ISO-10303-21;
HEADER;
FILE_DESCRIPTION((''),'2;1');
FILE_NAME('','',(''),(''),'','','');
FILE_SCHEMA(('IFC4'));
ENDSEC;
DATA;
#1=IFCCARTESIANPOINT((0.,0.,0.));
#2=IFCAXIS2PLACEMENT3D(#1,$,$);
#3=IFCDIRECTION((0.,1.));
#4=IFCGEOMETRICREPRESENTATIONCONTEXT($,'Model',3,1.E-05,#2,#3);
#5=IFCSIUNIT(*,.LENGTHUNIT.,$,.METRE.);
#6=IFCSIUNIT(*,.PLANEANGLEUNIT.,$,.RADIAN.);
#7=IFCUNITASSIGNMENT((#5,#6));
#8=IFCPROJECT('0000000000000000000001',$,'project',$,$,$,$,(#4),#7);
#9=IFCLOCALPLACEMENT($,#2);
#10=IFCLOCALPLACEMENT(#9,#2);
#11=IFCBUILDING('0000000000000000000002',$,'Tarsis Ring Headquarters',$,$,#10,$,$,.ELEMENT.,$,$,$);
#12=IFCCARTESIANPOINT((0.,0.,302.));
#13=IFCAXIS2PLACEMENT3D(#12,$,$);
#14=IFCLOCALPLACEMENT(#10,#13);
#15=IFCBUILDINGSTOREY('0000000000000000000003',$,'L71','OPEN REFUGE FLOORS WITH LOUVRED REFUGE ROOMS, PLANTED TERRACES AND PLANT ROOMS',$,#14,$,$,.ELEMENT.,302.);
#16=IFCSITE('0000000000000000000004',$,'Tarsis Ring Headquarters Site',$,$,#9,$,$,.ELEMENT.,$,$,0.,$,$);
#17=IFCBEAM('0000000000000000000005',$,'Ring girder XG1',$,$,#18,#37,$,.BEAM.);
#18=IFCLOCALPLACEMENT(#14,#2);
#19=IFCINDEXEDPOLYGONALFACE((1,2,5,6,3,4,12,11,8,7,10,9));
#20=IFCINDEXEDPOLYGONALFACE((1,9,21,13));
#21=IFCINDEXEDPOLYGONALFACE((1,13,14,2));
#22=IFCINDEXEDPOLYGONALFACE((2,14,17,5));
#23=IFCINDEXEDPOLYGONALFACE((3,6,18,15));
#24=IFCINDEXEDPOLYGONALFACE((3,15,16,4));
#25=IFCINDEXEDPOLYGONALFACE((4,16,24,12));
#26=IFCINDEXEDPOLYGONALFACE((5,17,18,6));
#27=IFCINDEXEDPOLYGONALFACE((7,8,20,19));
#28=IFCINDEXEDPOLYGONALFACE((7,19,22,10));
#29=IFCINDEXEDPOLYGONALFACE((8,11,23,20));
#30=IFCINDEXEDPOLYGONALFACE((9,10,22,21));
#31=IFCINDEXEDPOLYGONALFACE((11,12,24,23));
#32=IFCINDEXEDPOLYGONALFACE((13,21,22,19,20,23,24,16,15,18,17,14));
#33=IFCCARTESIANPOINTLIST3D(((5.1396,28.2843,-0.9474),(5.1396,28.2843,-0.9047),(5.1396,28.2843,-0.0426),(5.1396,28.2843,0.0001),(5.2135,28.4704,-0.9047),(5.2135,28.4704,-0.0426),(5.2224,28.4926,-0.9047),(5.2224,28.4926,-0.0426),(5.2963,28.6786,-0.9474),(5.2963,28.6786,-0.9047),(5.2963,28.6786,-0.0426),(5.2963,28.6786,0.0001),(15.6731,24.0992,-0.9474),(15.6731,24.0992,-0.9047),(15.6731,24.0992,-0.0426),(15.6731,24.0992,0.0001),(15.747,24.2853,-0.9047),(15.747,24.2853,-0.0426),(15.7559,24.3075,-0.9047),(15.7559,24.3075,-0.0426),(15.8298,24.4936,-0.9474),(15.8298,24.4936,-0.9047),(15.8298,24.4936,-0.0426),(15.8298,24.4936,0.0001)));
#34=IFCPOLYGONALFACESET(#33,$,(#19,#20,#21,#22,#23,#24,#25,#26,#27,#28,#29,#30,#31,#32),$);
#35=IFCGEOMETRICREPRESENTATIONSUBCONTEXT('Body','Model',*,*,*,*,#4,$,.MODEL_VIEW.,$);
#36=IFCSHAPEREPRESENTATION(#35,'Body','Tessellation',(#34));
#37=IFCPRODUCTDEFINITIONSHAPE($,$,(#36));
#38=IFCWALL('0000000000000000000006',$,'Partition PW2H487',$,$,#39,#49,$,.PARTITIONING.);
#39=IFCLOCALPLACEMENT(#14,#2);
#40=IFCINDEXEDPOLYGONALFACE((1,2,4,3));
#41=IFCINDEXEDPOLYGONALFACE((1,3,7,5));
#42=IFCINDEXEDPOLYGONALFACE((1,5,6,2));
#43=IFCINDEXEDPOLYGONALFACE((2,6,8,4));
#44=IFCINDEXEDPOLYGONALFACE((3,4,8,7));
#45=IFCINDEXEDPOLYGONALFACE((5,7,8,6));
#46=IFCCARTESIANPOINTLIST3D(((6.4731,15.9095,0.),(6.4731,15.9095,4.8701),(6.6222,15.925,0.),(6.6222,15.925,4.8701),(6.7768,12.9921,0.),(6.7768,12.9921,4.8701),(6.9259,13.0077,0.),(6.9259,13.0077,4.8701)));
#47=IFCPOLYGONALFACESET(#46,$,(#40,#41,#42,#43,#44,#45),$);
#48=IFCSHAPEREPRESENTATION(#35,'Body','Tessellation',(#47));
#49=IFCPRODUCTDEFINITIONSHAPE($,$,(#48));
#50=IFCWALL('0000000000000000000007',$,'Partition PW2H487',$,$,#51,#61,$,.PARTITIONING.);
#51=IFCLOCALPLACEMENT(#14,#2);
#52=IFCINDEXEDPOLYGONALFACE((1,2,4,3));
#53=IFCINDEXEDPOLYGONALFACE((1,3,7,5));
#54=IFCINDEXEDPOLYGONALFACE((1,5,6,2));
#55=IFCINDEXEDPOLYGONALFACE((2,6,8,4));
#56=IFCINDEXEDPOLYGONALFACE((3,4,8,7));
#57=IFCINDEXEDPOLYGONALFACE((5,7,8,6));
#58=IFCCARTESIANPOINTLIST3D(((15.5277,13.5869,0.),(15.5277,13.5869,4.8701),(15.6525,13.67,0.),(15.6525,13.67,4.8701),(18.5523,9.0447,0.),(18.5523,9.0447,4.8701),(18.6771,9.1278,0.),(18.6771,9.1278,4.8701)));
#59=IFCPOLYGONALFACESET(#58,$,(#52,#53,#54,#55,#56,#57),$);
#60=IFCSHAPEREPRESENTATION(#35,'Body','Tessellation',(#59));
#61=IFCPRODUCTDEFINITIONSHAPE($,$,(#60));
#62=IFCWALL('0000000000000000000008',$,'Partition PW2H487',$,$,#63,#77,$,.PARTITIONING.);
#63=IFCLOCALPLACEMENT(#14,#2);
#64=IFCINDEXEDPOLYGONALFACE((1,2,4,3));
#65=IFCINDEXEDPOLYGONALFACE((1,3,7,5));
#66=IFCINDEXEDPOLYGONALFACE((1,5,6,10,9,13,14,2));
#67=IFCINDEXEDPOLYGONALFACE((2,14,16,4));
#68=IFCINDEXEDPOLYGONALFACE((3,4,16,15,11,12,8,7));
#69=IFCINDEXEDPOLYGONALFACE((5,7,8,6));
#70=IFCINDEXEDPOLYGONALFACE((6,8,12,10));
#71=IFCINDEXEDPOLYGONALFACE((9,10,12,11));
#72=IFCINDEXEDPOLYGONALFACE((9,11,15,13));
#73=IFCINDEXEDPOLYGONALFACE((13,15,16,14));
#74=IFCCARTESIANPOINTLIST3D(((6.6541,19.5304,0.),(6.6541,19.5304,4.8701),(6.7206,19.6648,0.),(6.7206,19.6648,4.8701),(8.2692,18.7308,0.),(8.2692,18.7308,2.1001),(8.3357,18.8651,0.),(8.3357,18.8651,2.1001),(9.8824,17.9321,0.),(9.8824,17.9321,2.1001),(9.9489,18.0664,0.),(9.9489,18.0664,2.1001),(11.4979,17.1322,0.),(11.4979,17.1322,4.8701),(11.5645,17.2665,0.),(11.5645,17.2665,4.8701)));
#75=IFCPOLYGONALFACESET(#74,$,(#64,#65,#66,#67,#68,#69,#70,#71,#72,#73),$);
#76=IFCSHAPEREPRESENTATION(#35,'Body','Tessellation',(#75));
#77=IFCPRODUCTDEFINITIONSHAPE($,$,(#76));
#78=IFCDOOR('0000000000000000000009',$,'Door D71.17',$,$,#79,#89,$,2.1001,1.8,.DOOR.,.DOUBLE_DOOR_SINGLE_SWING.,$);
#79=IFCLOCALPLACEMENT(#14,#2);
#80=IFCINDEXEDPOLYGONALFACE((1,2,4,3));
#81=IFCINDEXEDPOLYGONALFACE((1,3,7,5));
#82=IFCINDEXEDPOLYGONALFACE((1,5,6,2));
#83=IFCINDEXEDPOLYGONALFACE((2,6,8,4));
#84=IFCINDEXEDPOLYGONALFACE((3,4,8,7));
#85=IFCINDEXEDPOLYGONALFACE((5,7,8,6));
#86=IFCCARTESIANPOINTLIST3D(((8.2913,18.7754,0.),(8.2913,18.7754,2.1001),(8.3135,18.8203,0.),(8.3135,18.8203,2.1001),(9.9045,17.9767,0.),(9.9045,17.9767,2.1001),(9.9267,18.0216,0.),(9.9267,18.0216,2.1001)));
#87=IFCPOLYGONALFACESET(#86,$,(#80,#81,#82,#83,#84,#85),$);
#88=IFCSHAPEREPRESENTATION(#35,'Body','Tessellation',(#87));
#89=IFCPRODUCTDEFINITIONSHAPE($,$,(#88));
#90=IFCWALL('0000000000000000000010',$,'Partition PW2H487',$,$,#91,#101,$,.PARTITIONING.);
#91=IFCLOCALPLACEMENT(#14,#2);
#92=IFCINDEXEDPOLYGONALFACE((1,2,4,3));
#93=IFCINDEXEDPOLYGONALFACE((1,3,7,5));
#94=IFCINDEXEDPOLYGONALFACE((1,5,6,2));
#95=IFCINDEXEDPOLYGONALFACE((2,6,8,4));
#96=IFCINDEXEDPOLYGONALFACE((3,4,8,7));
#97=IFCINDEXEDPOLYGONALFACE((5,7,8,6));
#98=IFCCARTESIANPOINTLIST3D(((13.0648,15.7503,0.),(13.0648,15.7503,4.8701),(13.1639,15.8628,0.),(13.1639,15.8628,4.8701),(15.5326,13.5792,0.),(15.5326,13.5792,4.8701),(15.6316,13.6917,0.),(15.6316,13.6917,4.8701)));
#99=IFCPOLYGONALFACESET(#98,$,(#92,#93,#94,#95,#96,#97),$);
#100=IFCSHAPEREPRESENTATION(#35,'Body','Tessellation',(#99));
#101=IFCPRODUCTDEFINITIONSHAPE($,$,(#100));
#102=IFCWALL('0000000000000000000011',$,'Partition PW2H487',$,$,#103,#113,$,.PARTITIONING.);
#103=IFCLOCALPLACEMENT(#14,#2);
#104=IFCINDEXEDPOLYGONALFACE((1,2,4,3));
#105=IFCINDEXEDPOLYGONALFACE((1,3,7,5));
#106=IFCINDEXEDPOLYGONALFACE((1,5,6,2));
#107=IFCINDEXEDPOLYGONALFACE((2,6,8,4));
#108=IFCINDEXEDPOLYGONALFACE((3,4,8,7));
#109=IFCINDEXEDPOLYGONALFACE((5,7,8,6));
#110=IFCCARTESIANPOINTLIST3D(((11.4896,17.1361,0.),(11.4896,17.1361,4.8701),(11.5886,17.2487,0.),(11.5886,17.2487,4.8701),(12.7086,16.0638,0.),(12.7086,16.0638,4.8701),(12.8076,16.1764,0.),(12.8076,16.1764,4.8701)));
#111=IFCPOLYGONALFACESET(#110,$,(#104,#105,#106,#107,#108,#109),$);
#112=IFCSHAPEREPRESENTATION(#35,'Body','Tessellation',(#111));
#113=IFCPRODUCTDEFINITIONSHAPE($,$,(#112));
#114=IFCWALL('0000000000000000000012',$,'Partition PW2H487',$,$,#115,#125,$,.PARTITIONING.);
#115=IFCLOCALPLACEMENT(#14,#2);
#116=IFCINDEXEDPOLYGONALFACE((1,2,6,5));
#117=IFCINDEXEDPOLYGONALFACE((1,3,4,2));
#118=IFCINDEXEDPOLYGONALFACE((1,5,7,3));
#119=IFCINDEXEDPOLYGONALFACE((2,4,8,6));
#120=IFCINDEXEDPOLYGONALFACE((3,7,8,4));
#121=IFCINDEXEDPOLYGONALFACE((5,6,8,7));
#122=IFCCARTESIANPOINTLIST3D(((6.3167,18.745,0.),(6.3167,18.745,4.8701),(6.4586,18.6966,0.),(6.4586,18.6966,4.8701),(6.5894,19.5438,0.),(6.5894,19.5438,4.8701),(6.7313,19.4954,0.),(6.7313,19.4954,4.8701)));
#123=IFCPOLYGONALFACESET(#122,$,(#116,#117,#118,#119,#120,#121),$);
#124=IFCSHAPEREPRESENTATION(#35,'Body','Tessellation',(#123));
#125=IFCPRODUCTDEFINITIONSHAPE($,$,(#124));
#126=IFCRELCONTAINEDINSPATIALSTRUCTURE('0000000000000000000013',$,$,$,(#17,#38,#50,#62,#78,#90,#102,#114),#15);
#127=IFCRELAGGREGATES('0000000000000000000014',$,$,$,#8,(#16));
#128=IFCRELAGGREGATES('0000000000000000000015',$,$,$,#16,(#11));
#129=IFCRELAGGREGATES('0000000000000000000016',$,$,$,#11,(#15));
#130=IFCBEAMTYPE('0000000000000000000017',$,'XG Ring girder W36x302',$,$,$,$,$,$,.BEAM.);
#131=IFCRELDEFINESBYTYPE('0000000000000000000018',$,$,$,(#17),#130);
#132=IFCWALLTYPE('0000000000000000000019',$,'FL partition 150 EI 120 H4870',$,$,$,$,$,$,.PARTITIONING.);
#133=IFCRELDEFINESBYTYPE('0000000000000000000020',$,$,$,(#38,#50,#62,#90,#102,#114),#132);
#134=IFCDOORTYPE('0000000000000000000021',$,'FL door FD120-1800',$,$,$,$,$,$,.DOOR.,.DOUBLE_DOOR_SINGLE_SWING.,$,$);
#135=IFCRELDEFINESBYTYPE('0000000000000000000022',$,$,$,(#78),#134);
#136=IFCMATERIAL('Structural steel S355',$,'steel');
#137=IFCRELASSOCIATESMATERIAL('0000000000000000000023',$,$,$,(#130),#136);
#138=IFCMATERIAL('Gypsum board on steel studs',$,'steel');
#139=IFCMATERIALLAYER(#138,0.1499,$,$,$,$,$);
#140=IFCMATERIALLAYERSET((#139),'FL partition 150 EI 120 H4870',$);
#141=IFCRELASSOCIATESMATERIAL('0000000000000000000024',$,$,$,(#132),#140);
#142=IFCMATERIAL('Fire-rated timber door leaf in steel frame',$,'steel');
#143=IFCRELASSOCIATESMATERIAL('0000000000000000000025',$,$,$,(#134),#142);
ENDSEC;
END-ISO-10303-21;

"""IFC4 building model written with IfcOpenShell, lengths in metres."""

from ifc_helpers import new_model, si_unit, direction, frame, frame_2d, origin, origin_2d, place, context, subcontext, project, spatial, rectangle, i_section, extrude, material, layer, layer_set, material_profile, profile_set, type_object, element, fill, save


model = new_model("IFC4")

# Units and contexts
model_context = context("Model", 3, precision=1e-05, world=origin(), true_north=direction((0.0, 1.0)))
body_context = subcontext(model_context, "Body", "Model", "MODEL_VIEW")
ifc_project = project(units=[si_unit("LENGTHUNIT", "METRE"), si_unit("PLANEANGLEUNIT", "RADIAN")], contexts=[model_context])

# Site, building, storey
site_placement = place(None, origin())
site = spatial("IfcSite", under=ifc_project, at=site_placement, Name="Tarsis Ring Headquarters Site", CompositionType="ELEMENT", RefElevation=0.0)
building_placement = place(site_placement, origin())
building = spatial("IfcBuilding", under=site, at=building_placement, Name="Tarsis Ring Headquarters", CompositionType="ELEMENT")
storey_placement = place(building_placement, frame((0.0, 0.0, 302.0)))
storey = spatial("IfcBuildingStorey", under=building, at=storey_placement, Name="L71", Description="OPEN REFUGE FLOORS WITH LOUVRED REFUGE ROOMS, PLANTED TERRACES AND PLANT ROOMS", CompositionType="ELEMENT", Elevation=302.0)

# Shared definitions
ifc_material_1 = material(Name="Structural steel S355", Category="steel")

# Beam
ifc_material_profile_1 = material_profile(ifc_material_1, i_section(OverallWidth=0.4243, OverallDepth=0.9475, WebThickness=0.0239, FlangeThickness=0.0427, at=origin_2d()), Name="W36x302")
ifc_profile_set_1 = profile_set([ifc_material_profile_1], Name="Structural steel S355")
beam_type_1 = type_object("IfcBeamType", Name="XG Ring girder W36x302", PredefinedType="BEAM", material=ifc_profile_set_1)
for number, where, z_axis, x_axis, name in (
    (1, (15.7515, 24.2964, -0.4736), (-0.929336, 0.369236, 0.0), (-0.369236, -0.929336, 0.0), "Ring girder XG1"),
):
    element("IfcBeam", number, at=place(storey_placement, frame(where, z_axis=z_axis, x_axis=x_axis)), inside=storey, type_object=beam_type_1, Name=name, PredefinedType="BEAM", context=body_context, shape_type="SweptSolid", body=[
        extrude(i_section(OverallWidth=0.4243, OverallDepth=0.9475, WebThickness=0.0239, FlangeThickness=0.0427, at=origin_2d()), origin(), (0.0, 0.0, 1.0), 11.3345),
    ])

# Walls
ifc_material_2 = material(Name="Gypsum board on steel studs", Category="steel")
ifc_layer = layer(ifc_material_2, 0.1499)
ifc_layer_set = layer_set([ifc_layer], Name="FL partition 150 EI 120 H4870")
wall_type = type_object("IfcWallType", Name="FL partition 150 EI 120 H4870", PredefinedType="PARTITIONING", material=ifc_layer_set)
wall_1_placement = place(storey_placement, frame((6.5476, 15.9172, 0.0), z_axis=(0.0, 0.0, 1.0), x_axis=(0.103549, -0.994624, 0.0)))
element("IfcWall", 2, at=wall_1_placement, inside=storey, type_object=wall_type, Name="Partition PW2H487", PredefinedType="PARTITIONING", context=body_context, shape_type="SweptSolid", body=[
    extrude(rectangle(XDim=2.9331, YDim=0.1499, at=frame_2d((1.4666, 0.0))), origin(), (0.0, 0.0, 1.0), 4.8701),
])
wall_2_placement = place(storey_placement, frame((15.5901, 13.6284, 0.0), z_axis=(0.0, 0.0, 1.0), x_axis=(0.554256, -0.832346, 0.0)))
element("IfcWall", 3, at=wall_2_placement, inside=storey, type_object=wall_type, Name="Partition PW2H487", PredefinedType="PARTITIONING", context=body_context, shape_type="SweptSolid", body=[
    extrude(rectangle(XDim=5.457, YDim=0.1499, at=frame_2d((2.7285, 0.0))), origin(), (0.0, 0.0, 1.0), 4.8701),
])

# Wall, opening, door
wall_3_placement = place(storey_placement, frame((6.6873, 19.5977, 0.0), z_axis=(0.0, 0.0, 1.0), x_axis=(0.896173, -0.443705, 0.0)))
wall_3 = element("IfcWall", 4, at=wall_3_placement, inside=storey, type_object=wall_type, Name="Partition PW2H487", PredefinedType="PARTITIONING", context=body_context, shape_type="SweptSolid", body=[
    extrude(rectangle(XDim=5.405, YDim=0.1499, at=frame_2d((2.7026, 0.0))), origin(), (0.0, 0.0, 1.0), 4.8701),
])
opening_placement = place(wall_3_placement, frame((1.8025, 0.0, 0.0)))
opening = element("IfcOpeningElement", 5, at=opening_placement, cuts=wall_3, PredefinedType="OPENING", context=body_context, shape_type="SweptSolid", body=[
    extrude(rectangle(XDim=1.8, YDim=2.1001, at=frame_2d((0.8999, 1.05))), frame((0.0, 0.085, 0.0), z_axis=(0.0, -1.0, 0.0), x_axis=(1.0, 0.0, 0.0)), (0.0, 0.0, 1.0), 0.1699),
])
ifc_material_3 = material(Name="Fire-rated timber door leaf in steel frame", Category="steel")
door_type = type_object("IfcDoorType", Name="FL door FD120-1800", OperationType="DOUBLE_DOOR_SINGLE_SWING", PredefinedType="DOOR", material=ifc_material_3)
door_placement = place(opening_placement, origin())
door = element("IfcDoor", 6, at=door_placement, inside=storey, type_object=door_type, Name="Door D71.17", OperationType="DOUBLE_DOOR_SINGLE_SWING", OverallHeight=2.1001, OverallWidth=1.8, PredefinedType="DOOR", context=body_context, shape_type="SweptSolid", body=[
    extrude(rectangle(XDim=1.8, YDim=2.1001, at=frame_2d((0.8999, 1.05))), frame((0.0, 0.0249, 0.0), z_axis=(0.0, -1.0, 0.0), x_axis=(1.0, 0.0, 0.0)), (0.0, 0.0, 1.0), 0.05),
])
fill(opening, door)

# Walls
wall_4_placement = place(storey_placement, frame((13.1143, 15.8066, 0.0), z_axis=(0.0, 0.0, 1.0), x_axis=(0.750789, -0.660542, 0.0)))
element("IfcWall", 7, at=wall_4_placement, inside=storey, type_object=wall_type, Name="Partition PW2H487", PredefinedType="PARTITIONING", context=body_context, shape_type="SweptSolid", body=[
    extrude(rectangle(XDim=3.2869, YDim=0.1499, at=frame_2d((1.6436, 0.0))), origin(), (0.0, 0.0, 1.0), 4.8701),
])
wall_5_placement = place(storey_placement, frame((11.5391, 17.1924, 0.0), z_axis=(0.0, 0.0, 1.0), x_axis=(0.750851, -0.660472, 0.0)))
element("IfcWall", 8, at=wall_5_placement, inside=storey, type_object=wall_type, Name="Partition PW2H487", PredefinedType="PARTITIONING", context=body_context, shape_type="SweptSolid", body=[
    extrude(rectangle(XDim=1.6235, YDim=0.1499, at=frame_2d((0.8118, 0.0))), origin(), (0.0, 0.0, 1.0), 4.8701),
])
wall_6_placement = place(storey_placement, frame((6.3877, 18.7209, 0.0), z_axis=(0.0, 0.0, 1.0), x_axis=(0.323074, 0.946374, 0.0)))
element("IfcWall", 9, at=wall_6_placement, inside=storey, type_object=wall_type, Name="Partition PW2H487", PredefinedType="PARTITIONING", context=body_context, shape_type="SweptSolid", body=[
    extrude(rectangle(XDim=0.844, YDim=0.1499, at=frame_2d((0.4219, 0.0))), origin(), (0.0, 0.0, 1.0), 4.8701),
])

save(model, "model.ifc")
